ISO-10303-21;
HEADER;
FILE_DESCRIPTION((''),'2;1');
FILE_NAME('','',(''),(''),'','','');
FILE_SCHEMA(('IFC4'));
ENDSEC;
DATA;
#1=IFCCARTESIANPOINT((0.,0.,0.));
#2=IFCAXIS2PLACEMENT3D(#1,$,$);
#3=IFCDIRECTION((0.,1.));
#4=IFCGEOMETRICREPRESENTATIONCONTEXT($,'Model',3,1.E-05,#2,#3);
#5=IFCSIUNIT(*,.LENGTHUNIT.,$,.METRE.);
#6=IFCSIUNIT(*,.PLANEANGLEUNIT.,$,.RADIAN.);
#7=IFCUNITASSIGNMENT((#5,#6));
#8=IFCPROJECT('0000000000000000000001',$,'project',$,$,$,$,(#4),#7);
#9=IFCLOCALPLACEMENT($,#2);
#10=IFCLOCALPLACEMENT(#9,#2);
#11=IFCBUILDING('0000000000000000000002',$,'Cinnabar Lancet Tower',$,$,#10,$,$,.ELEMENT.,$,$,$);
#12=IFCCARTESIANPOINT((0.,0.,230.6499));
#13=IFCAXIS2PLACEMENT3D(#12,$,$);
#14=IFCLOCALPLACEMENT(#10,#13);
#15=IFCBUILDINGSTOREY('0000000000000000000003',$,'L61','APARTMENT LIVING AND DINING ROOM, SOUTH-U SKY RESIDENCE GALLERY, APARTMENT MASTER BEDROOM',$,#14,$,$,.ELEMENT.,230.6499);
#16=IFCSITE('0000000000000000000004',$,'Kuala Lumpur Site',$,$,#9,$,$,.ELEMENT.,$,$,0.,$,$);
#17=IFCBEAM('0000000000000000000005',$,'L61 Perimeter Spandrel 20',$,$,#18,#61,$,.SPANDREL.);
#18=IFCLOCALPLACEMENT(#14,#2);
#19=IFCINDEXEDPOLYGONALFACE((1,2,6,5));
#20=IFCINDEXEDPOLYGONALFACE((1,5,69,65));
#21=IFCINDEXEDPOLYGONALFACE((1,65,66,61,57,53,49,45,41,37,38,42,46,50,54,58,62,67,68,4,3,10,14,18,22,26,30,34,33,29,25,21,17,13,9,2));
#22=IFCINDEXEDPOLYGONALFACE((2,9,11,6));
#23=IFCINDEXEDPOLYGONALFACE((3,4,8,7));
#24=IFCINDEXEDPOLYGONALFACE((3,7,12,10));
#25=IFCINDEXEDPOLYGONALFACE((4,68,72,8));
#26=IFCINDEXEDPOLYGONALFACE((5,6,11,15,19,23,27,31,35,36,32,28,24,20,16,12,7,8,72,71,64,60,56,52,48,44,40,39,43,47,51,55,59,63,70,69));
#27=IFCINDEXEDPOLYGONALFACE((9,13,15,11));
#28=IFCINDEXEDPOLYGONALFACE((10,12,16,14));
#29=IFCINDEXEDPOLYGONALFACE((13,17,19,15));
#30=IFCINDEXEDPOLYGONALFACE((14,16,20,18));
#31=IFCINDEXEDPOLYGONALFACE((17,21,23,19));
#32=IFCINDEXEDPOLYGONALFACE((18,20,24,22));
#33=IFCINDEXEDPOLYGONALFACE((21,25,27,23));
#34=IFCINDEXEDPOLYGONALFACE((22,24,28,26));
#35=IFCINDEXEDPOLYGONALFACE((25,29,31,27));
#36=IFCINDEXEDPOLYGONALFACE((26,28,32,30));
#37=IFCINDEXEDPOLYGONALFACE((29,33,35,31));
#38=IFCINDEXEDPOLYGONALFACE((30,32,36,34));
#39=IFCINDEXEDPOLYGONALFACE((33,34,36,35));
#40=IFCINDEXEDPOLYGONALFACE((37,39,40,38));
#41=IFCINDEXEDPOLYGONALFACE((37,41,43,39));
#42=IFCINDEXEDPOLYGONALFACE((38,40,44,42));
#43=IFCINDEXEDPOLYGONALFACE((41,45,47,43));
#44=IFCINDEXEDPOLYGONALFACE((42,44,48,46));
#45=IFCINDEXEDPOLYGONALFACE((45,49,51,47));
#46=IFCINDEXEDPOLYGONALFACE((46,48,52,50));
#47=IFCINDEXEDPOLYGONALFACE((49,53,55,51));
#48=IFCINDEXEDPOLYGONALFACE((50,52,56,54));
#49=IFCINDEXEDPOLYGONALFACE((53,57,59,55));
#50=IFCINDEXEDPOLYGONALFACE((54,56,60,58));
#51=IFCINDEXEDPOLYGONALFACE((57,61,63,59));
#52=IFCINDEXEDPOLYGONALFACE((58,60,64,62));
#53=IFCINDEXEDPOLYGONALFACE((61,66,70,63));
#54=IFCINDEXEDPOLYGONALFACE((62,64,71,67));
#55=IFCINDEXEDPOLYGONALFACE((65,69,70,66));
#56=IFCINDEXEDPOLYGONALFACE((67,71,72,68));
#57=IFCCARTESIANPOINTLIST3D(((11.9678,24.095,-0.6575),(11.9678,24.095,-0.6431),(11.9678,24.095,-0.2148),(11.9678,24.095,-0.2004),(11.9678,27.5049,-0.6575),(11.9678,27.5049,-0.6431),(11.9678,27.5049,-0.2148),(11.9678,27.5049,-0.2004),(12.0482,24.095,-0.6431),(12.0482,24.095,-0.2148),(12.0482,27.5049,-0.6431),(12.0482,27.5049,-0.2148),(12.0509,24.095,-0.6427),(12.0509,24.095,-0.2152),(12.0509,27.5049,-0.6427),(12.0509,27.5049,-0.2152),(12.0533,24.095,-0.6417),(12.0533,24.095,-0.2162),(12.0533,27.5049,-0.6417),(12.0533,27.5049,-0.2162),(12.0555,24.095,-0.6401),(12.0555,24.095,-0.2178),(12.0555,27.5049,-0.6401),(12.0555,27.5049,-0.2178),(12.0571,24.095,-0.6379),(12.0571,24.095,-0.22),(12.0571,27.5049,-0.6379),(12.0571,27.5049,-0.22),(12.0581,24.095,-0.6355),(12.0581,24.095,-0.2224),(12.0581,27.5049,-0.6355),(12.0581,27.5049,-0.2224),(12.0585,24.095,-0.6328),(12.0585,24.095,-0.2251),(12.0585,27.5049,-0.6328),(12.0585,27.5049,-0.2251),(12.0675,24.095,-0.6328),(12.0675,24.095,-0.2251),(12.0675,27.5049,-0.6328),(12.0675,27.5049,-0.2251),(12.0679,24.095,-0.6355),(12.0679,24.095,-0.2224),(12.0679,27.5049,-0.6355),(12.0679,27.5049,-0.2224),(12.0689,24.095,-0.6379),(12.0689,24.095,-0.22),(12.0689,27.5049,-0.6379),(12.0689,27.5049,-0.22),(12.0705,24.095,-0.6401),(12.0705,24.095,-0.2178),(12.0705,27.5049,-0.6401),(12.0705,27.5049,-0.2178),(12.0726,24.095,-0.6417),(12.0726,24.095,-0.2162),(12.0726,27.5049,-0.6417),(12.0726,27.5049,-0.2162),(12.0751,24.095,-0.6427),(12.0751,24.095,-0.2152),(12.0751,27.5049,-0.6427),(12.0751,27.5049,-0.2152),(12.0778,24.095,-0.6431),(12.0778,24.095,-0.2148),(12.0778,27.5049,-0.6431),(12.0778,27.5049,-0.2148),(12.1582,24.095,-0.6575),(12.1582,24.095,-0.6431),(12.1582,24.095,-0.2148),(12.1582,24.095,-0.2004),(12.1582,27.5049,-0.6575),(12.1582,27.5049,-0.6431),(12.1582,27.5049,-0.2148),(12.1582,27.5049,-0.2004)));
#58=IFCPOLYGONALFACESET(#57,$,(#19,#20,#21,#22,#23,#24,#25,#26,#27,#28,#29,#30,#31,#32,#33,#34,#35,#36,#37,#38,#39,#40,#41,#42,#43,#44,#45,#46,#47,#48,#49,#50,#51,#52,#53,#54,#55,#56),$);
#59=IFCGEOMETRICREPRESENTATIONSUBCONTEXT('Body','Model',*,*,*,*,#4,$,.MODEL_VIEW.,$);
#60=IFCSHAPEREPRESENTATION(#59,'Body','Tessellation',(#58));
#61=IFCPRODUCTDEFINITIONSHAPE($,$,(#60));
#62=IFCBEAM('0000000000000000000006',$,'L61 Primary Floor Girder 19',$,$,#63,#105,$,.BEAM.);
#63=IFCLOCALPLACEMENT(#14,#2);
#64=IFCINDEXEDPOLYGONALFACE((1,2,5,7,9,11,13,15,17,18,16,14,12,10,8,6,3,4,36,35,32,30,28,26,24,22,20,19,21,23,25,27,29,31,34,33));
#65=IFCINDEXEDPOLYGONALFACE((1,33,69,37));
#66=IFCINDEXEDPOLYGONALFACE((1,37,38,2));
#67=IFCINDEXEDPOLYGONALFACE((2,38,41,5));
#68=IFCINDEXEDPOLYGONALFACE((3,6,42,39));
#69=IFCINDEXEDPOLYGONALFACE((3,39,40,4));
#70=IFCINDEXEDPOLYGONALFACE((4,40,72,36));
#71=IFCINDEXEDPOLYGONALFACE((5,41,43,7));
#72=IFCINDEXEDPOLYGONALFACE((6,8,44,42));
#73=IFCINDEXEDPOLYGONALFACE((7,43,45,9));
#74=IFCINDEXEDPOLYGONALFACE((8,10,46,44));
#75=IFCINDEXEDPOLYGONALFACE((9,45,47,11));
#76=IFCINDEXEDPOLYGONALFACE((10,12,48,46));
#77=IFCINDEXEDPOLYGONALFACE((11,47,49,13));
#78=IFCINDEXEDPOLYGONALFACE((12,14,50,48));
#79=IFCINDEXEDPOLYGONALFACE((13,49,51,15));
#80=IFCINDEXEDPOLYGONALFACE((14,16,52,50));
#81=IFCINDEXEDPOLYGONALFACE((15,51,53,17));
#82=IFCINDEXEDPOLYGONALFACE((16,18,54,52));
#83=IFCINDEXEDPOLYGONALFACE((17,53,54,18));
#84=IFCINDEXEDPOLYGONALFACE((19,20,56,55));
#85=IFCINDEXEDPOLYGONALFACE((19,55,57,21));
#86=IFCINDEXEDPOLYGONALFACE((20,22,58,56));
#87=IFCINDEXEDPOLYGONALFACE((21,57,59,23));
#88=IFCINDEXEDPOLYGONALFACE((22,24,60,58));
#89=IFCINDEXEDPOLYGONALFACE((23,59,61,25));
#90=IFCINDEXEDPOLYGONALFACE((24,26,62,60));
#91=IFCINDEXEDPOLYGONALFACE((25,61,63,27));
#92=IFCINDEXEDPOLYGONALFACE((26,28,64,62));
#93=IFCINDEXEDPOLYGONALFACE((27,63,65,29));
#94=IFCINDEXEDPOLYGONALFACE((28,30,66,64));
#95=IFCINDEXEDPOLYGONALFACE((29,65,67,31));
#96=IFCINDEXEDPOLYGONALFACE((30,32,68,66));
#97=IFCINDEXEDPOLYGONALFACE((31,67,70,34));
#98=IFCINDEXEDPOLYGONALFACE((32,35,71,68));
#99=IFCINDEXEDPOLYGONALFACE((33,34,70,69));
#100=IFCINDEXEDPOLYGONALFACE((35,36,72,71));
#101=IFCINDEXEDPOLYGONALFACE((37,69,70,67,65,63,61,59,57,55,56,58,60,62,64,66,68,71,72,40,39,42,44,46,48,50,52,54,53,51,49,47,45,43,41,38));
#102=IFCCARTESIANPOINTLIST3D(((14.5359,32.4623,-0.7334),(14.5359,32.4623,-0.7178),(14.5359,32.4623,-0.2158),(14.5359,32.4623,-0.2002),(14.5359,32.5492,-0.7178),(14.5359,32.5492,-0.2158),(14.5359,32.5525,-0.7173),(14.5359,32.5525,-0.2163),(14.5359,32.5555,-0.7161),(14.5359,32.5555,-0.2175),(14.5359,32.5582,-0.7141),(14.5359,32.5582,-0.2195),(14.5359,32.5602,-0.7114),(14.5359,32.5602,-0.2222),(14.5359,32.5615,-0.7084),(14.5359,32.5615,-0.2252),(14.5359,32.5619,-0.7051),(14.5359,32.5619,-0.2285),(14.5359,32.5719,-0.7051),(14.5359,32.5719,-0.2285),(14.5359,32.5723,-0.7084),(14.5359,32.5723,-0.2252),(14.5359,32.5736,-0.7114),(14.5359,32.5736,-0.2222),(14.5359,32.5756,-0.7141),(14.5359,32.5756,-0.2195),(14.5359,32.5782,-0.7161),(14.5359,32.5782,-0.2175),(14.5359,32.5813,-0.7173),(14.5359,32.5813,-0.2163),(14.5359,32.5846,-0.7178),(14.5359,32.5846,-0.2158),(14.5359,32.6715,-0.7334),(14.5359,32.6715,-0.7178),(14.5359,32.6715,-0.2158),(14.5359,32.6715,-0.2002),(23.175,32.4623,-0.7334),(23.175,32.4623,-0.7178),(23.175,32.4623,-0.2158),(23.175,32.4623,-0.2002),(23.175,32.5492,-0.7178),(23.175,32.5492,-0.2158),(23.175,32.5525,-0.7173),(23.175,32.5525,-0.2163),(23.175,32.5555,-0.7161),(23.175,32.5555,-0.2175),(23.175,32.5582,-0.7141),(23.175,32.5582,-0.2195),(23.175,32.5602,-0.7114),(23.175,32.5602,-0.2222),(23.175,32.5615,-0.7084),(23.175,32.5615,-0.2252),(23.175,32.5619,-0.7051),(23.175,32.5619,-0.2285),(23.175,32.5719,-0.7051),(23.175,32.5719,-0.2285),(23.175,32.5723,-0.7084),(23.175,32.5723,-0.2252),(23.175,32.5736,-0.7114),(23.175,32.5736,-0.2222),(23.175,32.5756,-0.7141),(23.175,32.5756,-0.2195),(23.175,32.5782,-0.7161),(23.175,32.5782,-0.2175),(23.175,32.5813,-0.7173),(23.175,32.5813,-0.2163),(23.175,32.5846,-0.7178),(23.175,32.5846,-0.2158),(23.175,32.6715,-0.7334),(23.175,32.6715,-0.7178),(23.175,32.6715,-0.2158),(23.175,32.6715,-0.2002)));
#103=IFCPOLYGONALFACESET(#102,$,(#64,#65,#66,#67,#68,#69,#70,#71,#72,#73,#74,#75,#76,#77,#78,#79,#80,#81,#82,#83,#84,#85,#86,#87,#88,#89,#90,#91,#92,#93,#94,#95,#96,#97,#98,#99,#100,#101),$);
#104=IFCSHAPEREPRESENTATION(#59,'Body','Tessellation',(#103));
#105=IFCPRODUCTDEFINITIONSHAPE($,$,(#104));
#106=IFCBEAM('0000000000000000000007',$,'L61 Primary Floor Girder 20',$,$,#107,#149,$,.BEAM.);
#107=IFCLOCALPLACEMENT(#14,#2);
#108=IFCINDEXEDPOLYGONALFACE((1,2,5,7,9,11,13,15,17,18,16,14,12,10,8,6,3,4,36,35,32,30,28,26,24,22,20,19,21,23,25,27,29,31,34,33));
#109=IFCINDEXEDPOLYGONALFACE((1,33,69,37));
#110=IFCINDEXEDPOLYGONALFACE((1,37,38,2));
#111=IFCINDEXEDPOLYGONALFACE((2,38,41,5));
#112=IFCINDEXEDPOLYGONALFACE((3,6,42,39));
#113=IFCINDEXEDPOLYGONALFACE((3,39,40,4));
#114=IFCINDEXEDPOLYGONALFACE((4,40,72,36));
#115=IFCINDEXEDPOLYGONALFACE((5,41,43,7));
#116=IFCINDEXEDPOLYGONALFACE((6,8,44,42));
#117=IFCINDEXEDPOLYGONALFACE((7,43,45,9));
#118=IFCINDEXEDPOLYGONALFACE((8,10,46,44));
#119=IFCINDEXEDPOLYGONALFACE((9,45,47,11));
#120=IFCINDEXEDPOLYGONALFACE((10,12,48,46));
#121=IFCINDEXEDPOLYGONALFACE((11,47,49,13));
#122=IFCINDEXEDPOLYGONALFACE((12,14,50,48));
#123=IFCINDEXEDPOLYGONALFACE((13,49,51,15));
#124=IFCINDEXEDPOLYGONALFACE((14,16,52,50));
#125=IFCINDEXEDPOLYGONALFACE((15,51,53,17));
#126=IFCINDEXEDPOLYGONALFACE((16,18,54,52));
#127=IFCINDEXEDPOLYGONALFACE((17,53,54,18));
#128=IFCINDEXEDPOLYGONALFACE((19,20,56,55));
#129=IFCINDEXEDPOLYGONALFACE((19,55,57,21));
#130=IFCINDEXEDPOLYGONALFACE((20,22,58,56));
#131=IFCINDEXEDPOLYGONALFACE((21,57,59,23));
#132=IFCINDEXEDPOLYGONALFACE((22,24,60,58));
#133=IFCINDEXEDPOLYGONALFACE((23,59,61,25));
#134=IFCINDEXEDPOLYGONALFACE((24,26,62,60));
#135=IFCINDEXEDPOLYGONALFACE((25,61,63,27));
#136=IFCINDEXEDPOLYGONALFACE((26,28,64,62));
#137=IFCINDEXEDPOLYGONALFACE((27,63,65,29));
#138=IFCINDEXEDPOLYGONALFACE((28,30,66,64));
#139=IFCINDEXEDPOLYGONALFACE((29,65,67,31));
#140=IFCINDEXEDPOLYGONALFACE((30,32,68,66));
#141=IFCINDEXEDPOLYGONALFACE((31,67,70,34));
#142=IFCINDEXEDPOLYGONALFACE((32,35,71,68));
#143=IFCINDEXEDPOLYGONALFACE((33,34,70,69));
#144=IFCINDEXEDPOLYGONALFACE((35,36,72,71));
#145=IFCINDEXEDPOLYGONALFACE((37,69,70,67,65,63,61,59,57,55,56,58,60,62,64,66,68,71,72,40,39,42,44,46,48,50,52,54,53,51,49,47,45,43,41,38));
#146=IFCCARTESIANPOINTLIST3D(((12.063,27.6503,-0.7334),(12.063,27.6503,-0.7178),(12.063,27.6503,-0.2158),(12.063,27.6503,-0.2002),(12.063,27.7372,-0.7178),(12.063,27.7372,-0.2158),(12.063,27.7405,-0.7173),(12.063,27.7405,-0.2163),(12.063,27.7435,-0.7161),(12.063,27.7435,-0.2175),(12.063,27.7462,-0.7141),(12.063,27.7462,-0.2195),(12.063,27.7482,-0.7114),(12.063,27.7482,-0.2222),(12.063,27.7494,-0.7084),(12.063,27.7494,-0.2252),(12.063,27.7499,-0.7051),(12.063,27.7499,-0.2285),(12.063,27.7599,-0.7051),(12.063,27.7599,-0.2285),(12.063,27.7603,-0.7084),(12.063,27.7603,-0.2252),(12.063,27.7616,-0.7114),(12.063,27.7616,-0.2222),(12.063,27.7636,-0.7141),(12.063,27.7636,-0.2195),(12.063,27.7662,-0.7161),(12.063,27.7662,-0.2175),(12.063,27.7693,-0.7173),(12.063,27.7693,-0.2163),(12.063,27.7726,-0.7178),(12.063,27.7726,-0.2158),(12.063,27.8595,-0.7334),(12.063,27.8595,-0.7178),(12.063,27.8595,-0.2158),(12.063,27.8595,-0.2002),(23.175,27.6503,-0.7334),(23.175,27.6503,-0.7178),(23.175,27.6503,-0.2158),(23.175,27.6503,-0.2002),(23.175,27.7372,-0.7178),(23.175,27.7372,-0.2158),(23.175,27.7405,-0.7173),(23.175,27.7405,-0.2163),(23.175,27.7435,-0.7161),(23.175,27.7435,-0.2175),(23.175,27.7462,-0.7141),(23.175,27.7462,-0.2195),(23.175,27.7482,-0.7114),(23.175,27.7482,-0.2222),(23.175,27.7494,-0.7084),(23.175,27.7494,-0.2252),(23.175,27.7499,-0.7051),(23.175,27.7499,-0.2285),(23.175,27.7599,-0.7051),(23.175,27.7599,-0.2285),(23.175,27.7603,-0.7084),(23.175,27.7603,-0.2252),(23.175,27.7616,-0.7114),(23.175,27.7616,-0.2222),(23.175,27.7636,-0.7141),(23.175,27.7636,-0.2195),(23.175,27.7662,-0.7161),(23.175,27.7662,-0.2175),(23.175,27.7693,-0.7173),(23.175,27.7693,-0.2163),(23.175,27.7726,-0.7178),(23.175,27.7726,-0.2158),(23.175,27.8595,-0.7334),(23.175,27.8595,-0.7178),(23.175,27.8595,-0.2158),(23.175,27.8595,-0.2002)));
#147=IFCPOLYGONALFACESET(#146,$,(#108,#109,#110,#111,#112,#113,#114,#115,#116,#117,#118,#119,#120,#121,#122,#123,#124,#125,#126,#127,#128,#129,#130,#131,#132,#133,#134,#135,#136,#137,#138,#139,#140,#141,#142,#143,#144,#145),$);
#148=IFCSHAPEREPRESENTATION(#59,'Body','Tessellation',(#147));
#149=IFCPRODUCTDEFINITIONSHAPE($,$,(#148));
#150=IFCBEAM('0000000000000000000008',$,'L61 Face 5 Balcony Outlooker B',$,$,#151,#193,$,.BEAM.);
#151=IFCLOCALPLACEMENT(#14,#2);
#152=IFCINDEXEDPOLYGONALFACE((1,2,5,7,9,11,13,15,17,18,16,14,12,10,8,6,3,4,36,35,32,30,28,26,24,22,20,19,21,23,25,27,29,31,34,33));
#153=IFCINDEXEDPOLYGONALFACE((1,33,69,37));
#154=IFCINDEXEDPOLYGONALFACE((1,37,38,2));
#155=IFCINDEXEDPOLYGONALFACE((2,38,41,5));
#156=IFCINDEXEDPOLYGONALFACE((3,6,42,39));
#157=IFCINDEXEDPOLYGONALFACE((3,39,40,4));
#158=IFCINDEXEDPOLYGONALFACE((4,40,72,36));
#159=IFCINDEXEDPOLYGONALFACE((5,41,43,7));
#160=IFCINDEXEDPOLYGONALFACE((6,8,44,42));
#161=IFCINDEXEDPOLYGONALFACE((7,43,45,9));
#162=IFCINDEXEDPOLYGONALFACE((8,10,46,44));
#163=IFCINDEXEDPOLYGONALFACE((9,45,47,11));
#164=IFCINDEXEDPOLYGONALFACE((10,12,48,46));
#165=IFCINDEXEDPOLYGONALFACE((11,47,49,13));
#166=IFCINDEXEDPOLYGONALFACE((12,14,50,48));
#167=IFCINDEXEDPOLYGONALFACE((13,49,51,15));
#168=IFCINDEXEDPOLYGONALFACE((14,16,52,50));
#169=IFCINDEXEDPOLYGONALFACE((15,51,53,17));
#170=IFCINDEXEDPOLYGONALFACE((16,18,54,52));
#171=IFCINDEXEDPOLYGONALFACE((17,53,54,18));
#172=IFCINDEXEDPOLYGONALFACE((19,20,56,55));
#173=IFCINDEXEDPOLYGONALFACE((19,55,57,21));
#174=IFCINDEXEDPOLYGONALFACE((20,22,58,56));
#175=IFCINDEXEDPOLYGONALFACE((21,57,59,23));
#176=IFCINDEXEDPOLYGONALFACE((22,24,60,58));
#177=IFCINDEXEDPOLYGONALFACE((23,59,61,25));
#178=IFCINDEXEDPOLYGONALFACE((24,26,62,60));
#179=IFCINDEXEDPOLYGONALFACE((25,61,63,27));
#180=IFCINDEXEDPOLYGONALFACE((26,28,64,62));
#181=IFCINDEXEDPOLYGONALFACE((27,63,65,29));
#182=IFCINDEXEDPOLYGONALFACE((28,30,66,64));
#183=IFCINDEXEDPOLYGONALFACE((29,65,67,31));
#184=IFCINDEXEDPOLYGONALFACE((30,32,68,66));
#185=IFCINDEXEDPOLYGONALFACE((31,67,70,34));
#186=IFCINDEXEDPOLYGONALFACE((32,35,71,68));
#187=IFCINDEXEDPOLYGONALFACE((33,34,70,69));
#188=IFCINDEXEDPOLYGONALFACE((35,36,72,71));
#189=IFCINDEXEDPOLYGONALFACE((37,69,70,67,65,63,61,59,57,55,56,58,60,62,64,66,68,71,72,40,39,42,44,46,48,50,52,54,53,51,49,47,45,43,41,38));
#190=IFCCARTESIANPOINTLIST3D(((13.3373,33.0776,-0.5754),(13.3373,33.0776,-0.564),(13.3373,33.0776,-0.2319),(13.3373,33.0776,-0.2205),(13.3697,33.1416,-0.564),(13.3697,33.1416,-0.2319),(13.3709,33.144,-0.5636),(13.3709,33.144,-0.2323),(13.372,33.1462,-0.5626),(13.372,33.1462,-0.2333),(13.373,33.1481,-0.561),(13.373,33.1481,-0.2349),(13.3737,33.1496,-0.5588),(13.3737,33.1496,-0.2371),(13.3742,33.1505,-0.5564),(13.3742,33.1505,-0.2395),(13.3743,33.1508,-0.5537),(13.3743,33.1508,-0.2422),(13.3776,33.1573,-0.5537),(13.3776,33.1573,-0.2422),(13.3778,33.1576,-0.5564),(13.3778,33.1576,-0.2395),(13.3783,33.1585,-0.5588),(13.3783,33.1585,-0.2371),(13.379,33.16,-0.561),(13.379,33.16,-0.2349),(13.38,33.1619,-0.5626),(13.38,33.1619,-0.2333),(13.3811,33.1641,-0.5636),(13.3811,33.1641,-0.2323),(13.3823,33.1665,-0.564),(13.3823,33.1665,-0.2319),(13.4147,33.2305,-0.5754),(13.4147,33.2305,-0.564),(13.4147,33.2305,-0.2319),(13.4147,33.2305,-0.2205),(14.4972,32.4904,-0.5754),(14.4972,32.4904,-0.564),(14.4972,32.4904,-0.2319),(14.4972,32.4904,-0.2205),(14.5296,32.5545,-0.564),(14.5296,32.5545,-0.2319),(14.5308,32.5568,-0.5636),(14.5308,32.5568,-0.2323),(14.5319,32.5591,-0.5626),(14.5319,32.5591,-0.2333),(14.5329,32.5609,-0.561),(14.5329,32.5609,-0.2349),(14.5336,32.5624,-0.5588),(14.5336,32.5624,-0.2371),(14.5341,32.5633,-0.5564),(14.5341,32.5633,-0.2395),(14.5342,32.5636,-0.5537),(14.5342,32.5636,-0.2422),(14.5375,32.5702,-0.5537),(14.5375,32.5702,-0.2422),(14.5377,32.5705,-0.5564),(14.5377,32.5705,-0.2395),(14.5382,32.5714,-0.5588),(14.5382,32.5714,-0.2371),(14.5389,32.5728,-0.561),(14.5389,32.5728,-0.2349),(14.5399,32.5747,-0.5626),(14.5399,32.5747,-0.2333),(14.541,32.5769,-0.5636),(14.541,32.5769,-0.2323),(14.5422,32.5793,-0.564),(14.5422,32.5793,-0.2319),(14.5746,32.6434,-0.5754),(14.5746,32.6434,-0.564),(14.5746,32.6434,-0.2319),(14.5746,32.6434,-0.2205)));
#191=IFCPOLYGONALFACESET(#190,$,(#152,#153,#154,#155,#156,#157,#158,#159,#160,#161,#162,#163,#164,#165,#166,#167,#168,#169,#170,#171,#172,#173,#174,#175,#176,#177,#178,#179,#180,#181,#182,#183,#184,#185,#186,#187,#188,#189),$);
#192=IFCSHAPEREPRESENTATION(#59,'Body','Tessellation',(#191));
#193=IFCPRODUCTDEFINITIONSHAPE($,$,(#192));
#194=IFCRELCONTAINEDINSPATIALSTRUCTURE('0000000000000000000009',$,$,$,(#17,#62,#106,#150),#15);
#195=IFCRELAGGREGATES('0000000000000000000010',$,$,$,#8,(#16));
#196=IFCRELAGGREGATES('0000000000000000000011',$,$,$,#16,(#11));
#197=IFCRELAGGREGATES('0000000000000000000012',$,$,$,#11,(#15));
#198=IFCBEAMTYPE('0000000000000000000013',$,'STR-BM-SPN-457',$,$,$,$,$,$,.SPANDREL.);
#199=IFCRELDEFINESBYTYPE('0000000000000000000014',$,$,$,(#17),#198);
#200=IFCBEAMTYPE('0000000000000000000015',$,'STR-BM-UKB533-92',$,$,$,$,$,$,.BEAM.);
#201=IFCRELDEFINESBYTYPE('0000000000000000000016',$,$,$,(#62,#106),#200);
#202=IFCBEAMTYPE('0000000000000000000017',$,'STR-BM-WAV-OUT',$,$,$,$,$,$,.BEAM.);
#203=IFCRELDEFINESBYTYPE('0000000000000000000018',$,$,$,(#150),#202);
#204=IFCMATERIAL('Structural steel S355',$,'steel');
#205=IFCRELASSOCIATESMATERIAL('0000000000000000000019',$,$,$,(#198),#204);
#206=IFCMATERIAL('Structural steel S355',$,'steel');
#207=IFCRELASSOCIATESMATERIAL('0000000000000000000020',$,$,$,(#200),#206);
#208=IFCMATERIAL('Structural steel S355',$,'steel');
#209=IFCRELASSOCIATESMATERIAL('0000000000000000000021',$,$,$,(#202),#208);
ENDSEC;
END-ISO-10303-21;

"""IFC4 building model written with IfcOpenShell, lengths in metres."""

from ifc_helpers import new_model, si_unit, direction, frame, origin, origin_2d, place, context, subcontext, project, spatial, i_section, extrude, material, material_profile, profile_set, type_object, element, save


model = new_model("IFC4")

# Units and contexts
model_context = context("Model", 3, precision=1e-05, world=origin(), true_north=direction((0.0, 1.0)))
body_context = subcontext(model_context, "Body", "Model", "MODEL_VIEW")
ifc_project = project(units=[si_unit("LENGTHUNIT", "METRE"), si_unit("PLANEANGLEUNIT", "RADIAN")], contexts=[model_context])

# Site, building, storey
site_placement = place(None, origin())
site = spatial("IfcSite", under=ifc_project, at=site_placement, Name="Kuala Lumpur Site", CompositionType="ELEMENT", RefElevation=0.0)
building_placement = place(site_placement, origin())
building = spatial("IfcBuilding", under=site, at=building_placement, Name="Cinnabar Lancet Tower", CompositionType="ELEMENT")
storey_placement = place(building_placement, frame((0.0, 0.0, 230.6499)))
storey = spatial("IfcBuildingStorey", under=building, at=storey_placement, Name="L61", Description="APARTMENT LIVING AND DINING ROOM, SOUTH-U SKY RESIDENCE GALLERY, APARTMENT MASTER BEDROOM", CompositionType="ELEMENT", Elevation=230.6499)

# Beams
ifc_material_1 = material(Name="Structural steel S355", Category="steel")
ifc_material_profile_1 = material_profile(ifc_material_1, i_section(OverallWidth=0.1904, OverallDepth=0.457, WebThickness=0.009, FlangeThickness=0.0144, FilletRadius=0.0103, at=origin_2d()), Name="UKB 457x191x74")
ifc_profile_set_1 = profile_set([ifc_material_profile_1], Name="Structural steel S355")
beam_type_1 = type_object("IfcBeamType", Name="STR-BM-SPN-457", PredefinedType="SPANDREL", material=ifc_profile_set_1)
beam_1_placement = place(storey_placement, frame((12.063, 27.5049, -0.429), z_axis=(0.0, -1.0, 0.0), x_axis=(1.0, 0.0, 0.0)))
element("IfcBeam", 1, at=beam_1_placement, inside=storey, type_object=beam_type_1, Name="L61 Perimeter Spandrel 20", PredefinedType="SPANDREL", context=body_context, shape_type="SweptSolid", body=[
    extrude(i_section(OverallWidth=0.1904, OverallDepth=0.457, WebThickness=0.009, FlangeThickness=0.0144, FilletRadius=0.0103, at=origin_2d()), origin(), (0.0, 0.0, 1.0), 3.4099),
])
ifc_material_2 = material(Name="Structural steel S355", Category="steel")
ifc_material_profile_2 = material_profile(ifc_material_2, i_section(OverallWidth=0.2092, OverallDepth=0.5332, WebThickness=0.01, FlangeThickness=0.0156, FilletRadius=0.0127, at=origin_2d()), Name="UKB 533x210x92")
ifc_profile_set_2 = profile_set([ifc_material_profile_2], Name="Structural steel S355")
beam_type_2 = type_object("IfcBeamType", Name="STR-BM-UKB533-92", PredefinedType="BEAM", material=ifc_profile_set_2)
beam_2_placement = place(storey_placement, frame((14.5359, 32.5669, -0.4668), z_axis=(1.0, 0.0, 0.0), x_axis=(0.0, 1.0, 0.0)))
element("IfcBeam", 2, at=beam_2_placement, inside=storey, type_object=beam_type_2, Name="L61 Primary Floor Girder 19", PredefinedType="BEAM", context=body_context, shape_type="SweptSolid", body=[
    extrude(i_section(OverallWidth=0.2092, OverallDepth=0.5332, WebThickness=0.01, FlangeThickness=0.0156, FilletRadius=0.0127, at=origin_2d()), origin(), (0.0, 0.0, 1.0), 8.6392),
])
beam_3_placement = place(storey_placement, frame((12.063, 27.7549, -0.4668), z_axis=(1.0, 0.0, 0.0), x_axis=(0.0, 1.0, 0.0)))
element("IfcBeam", 3, at=beam_3_placement, inside=storey, type_object=beam_type_2, Name="L61 Primary Floor Girder 20", PredefinedType="BEAM", context=body_context, shape_type="SweptSolid", body=[
    extrude(i_section(OverallWidth=0.2092, OverallDepth=0.5332, WebThickness=0.01, FlangeThickness=0.0156, FilletRadius=0.0127, at=origin_2d()), origin(), (0.0, 0.0, 1.0), 11.1121),
])
ifc_material_3 = material(Name="Structural steel S355", Category="steel")
ifc_material_profile_3 = material_profile(ifc_material_3, i_section(OverallWidth=0.1714, OverallDepth=0.355, WebThickness=0.0073, FlangeThickness=0.0115, FilletRadius=0.0103, at=origin_2d()), Name="UKB 356x171x51")
ifc_profile_set_3 = profile_set([ifc_material_profile_3], Name="Structural steel S355")
beam_type_3 = type_object("IfcBeamType", Name="STR-BM-WAV-OUT", PredefinedType="BEAM", material=ifc_profile_set_3)
beam_4_placement = place(storey_placement, frame((14.5359, 32.5669, -0.3979), z_axis=(-0.8922, 0.45164, 0.0), x_axis=(-0.45164, -0.8922, 0.0)))
element("IfcBeam", 4, at=beam_4_placement, inside=storey, type_object=beam_type_3, Name="L61 Face 5 Balcony Outlooker B", PredefinedType="BEAM", context=body_context, shape_type="SweptSolid", body=[
    extrude(i_section(OverallWidth=0.1714, OverallDepth=0.355, WebThickness=0.0073, FlangeThickness=0.0115, FilletRadius=0.0103, at=origin_2d()), origin(), (0.0, 0.0, 1.0), 1.3),
])

save(model, "model.ifc")
